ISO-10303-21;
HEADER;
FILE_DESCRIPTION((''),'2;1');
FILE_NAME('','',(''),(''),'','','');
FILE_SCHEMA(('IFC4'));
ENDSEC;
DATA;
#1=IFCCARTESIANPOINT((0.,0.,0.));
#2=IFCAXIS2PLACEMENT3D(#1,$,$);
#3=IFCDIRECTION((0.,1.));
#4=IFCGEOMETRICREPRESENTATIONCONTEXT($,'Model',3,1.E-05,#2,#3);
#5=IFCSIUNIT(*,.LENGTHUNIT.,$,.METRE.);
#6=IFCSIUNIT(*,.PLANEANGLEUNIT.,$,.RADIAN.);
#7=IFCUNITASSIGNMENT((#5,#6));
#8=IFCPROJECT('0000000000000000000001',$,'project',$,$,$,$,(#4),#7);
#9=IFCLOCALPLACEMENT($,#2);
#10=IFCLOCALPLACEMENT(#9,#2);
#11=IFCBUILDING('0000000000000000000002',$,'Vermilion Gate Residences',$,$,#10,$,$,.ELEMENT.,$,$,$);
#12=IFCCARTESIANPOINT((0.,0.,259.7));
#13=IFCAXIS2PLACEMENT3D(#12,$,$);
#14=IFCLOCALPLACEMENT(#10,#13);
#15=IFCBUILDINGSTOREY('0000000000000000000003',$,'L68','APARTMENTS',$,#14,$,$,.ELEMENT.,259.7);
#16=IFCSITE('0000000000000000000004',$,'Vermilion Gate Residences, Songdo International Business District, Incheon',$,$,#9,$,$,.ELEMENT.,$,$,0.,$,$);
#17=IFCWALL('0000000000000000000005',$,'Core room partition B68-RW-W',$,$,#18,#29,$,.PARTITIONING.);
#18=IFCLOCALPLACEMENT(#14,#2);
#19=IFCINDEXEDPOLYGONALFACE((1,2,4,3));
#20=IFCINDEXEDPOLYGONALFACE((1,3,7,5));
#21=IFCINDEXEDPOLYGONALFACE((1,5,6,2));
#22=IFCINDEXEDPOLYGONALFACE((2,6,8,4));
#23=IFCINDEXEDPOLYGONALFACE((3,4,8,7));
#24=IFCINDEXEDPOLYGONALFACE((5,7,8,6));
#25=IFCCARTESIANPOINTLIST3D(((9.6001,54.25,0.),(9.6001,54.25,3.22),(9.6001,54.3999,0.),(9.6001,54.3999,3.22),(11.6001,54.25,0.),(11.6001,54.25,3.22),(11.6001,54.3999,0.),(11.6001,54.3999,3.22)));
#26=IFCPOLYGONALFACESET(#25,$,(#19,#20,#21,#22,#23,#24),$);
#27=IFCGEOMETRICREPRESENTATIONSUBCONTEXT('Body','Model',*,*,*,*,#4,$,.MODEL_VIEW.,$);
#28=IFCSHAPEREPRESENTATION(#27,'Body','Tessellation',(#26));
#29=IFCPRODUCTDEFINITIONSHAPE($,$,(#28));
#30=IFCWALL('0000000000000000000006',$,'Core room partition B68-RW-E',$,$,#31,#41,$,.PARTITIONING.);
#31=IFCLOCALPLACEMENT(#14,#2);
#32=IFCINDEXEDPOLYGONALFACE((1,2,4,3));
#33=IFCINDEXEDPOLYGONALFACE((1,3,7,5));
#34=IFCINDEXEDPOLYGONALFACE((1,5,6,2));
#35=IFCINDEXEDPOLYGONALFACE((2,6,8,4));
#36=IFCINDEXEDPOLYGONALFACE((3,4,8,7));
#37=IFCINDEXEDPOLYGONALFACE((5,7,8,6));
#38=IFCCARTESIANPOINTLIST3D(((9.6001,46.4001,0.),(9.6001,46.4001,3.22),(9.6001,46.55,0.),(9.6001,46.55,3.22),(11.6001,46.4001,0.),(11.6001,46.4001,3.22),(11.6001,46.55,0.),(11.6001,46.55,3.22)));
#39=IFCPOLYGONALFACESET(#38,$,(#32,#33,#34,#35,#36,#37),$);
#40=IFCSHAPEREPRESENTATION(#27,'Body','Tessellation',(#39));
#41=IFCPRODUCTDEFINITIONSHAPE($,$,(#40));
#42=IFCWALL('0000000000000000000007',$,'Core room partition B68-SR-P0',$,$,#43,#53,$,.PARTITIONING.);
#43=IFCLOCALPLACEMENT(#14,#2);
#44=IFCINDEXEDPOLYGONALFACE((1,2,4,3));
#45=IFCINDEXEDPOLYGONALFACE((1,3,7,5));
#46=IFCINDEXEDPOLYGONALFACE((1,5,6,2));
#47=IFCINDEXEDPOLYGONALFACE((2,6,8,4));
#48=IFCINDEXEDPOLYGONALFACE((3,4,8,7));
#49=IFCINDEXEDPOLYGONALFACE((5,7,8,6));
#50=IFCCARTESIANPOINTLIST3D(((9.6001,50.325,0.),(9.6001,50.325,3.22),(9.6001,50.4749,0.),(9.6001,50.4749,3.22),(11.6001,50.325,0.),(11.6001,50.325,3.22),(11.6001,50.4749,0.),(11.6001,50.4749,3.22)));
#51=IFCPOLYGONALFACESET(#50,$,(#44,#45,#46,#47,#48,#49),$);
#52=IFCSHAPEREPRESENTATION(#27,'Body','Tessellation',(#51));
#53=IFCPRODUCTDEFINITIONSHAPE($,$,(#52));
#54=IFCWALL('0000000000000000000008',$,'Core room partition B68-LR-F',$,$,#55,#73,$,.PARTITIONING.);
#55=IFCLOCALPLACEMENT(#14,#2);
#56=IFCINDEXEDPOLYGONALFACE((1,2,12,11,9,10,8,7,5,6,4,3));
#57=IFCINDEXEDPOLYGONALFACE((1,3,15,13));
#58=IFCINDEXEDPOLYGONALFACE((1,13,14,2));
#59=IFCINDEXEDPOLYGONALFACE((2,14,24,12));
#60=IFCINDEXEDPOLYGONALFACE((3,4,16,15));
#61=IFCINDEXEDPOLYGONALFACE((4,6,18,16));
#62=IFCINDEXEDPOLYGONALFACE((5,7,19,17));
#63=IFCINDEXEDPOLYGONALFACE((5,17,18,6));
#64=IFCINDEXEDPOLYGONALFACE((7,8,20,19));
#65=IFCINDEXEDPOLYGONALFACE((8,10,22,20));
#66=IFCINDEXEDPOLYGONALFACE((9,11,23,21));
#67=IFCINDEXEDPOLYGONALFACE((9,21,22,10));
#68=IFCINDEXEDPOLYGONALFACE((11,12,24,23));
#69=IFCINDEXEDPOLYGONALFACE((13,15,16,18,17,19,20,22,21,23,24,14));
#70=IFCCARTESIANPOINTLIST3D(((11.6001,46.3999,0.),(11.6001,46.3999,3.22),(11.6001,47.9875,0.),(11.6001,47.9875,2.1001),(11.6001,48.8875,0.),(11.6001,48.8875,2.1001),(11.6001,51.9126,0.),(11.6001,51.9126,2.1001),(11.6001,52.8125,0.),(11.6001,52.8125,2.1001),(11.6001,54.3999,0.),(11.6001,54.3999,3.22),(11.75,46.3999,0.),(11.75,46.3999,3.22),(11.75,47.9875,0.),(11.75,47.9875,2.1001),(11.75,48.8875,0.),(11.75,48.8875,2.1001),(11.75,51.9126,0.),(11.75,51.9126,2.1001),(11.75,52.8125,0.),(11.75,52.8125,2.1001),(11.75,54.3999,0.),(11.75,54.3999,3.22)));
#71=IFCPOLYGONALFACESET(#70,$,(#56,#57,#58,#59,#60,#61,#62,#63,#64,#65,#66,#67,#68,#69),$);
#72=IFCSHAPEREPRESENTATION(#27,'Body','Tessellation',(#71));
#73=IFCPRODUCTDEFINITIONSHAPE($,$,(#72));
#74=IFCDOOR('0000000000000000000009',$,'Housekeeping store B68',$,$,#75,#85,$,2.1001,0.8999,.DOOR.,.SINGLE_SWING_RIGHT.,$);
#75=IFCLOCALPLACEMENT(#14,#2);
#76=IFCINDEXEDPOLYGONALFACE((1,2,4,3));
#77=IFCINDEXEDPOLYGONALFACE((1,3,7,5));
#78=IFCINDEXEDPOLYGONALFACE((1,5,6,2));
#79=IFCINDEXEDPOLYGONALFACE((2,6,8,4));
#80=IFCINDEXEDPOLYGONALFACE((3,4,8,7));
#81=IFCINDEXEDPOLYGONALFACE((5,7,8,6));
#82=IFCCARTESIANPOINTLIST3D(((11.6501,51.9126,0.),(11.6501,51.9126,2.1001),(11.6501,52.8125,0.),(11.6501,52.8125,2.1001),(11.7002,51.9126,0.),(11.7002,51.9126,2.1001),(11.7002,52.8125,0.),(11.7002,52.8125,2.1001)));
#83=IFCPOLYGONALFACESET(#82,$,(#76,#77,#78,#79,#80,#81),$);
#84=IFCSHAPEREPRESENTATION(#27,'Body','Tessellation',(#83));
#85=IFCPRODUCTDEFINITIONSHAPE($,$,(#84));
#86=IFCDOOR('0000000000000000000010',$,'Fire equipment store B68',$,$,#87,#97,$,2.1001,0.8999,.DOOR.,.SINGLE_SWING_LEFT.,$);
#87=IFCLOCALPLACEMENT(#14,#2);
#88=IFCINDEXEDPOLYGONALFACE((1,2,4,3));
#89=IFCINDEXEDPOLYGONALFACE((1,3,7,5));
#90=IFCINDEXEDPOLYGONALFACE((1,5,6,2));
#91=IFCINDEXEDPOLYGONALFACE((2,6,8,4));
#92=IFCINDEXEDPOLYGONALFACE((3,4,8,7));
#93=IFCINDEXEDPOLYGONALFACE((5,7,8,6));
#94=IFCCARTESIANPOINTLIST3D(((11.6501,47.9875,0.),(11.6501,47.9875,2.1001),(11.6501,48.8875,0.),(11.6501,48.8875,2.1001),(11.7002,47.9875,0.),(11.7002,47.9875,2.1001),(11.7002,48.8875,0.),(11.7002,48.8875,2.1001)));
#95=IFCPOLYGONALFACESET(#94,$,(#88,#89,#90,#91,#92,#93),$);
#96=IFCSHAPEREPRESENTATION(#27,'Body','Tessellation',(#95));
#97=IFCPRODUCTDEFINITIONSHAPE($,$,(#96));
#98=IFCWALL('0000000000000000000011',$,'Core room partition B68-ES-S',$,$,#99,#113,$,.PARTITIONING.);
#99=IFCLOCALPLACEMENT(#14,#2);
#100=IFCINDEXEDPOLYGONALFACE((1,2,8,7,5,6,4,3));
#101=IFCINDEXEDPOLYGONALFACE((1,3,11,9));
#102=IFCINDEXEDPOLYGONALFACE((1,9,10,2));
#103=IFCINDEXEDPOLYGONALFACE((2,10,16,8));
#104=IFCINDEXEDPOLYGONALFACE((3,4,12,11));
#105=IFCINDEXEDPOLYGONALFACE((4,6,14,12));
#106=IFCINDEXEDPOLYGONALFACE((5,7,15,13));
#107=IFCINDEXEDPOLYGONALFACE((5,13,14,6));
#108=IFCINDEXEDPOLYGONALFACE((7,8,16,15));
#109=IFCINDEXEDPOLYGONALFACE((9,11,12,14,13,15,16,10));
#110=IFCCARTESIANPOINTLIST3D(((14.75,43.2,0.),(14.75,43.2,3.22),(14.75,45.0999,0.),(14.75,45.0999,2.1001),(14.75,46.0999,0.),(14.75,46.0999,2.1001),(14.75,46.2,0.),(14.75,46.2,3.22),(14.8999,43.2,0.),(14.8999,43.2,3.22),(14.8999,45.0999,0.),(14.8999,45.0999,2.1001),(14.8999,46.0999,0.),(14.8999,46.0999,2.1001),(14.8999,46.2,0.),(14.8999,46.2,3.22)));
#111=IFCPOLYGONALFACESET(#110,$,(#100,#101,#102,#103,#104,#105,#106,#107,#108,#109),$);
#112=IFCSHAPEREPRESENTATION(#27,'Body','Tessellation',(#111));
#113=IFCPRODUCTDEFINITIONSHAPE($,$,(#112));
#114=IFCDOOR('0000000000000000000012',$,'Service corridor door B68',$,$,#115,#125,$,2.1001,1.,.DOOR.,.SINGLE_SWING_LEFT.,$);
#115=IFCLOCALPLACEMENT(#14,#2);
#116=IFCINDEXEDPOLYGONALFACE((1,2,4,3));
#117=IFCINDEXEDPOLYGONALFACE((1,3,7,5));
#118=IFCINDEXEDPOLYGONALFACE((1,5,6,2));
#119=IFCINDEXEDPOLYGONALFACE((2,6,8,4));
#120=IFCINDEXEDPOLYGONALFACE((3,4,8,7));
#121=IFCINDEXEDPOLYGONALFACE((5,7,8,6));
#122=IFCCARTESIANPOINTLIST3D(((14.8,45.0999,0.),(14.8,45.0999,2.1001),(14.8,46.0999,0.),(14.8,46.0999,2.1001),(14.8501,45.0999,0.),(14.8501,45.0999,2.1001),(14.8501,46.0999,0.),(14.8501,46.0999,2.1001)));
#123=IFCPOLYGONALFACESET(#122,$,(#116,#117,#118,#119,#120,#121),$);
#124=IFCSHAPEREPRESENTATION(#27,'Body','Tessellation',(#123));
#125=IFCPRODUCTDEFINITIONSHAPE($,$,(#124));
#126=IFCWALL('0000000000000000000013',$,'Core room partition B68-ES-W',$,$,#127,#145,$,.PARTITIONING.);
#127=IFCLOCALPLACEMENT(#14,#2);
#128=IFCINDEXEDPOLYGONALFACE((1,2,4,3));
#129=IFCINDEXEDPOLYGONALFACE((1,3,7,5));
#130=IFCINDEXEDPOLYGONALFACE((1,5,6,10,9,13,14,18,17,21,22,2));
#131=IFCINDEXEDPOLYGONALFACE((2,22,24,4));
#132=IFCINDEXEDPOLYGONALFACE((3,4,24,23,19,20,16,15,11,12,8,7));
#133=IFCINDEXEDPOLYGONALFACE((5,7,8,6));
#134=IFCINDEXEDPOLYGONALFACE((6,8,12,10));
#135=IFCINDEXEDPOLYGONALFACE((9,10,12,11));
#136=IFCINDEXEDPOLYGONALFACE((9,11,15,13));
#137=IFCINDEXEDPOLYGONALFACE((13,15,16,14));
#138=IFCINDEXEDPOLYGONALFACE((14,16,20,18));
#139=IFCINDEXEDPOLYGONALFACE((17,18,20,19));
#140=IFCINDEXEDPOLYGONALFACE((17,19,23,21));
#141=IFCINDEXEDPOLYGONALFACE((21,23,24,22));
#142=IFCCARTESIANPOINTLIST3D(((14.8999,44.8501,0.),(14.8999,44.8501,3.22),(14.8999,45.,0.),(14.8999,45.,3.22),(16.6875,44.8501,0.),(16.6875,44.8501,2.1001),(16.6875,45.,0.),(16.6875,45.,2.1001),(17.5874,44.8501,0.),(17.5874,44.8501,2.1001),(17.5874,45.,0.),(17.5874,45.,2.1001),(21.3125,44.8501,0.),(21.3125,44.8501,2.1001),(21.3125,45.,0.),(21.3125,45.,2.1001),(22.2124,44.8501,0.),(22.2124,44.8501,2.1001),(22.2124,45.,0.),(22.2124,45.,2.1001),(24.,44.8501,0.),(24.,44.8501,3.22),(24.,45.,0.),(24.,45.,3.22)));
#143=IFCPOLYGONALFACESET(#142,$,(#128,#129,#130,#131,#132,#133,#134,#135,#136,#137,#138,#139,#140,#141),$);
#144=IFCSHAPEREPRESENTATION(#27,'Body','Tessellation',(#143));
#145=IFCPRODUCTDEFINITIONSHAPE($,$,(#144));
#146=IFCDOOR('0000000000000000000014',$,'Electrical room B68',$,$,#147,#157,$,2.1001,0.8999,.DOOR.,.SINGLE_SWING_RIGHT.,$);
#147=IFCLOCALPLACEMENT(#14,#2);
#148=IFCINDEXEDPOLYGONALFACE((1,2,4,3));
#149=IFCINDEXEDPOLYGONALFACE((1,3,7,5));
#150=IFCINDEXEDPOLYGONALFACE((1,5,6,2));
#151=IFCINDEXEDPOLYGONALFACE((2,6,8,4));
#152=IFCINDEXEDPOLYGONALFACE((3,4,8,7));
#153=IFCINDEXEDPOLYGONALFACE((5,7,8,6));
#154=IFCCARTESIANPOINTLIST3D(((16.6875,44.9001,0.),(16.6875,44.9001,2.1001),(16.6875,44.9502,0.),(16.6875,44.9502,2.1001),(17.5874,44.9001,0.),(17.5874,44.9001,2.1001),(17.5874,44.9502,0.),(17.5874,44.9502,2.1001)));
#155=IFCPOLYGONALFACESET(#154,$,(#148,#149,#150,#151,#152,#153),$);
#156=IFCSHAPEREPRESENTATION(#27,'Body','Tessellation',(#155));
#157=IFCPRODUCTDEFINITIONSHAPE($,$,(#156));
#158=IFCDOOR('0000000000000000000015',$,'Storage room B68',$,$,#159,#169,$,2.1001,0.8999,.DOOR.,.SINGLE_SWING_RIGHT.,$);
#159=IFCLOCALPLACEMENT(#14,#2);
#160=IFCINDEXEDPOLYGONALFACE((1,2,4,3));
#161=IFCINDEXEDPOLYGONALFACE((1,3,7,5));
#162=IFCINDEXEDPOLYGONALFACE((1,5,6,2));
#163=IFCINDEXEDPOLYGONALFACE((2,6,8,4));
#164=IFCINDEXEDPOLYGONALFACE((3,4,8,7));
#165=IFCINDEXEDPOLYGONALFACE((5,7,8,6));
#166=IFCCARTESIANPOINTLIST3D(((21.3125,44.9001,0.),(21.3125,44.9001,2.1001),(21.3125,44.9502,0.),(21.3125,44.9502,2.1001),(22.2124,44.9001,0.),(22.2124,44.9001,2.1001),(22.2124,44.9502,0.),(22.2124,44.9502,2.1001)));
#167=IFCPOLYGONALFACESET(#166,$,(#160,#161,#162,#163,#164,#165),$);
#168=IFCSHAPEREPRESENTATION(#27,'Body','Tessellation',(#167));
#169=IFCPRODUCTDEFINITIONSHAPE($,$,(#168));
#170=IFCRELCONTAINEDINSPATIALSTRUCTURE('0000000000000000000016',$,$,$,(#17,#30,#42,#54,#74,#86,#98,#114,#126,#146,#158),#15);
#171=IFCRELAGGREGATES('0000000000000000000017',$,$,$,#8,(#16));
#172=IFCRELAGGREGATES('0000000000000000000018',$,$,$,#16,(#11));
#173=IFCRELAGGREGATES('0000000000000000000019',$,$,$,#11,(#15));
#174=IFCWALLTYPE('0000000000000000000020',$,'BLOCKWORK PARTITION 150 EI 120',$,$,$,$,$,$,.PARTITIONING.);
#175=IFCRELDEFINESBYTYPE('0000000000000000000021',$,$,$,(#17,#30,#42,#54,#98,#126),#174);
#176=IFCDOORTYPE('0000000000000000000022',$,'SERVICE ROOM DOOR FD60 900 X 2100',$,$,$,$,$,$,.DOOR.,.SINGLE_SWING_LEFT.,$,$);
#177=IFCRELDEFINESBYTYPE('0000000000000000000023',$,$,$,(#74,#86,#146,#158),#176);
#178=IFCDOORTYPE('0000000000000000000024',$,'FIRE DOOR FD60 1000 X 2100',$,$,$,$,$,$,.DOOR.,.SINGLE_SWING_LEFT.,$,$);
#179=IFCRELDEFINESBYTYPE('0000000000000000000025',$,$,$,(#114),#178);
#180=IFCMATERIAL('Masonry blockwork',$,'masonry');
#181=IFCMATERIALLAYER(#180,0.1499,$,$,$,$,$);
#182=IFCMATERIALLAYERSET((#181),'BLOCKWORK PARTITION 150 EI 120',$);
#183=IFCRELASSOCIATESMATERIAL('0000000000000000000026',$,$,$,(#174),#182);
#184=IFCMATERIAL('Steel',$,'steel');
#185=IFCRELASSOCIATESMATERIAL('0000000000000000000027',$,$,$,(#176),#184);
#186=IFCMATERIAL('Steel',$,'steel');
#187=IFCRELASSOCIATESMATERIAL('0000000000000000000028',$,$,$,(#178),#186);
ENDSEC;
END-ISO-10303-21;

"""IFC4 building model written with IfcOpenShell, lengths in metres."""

from ifc_helpers import new_model, si_unit, direction, frame, frame_2d, origin, place, context, subcontext, project, spatial, rectangle, extrude, material, layer, layer_set, type_object, element, fill, save


model = new_model("IFC4")

# Units and contexts
model_context = context("Model", 3, precision=1e-05, world=origin(), true_north=direction((0.0, 1.0)))
body_context = subcontext(model_context, "Body", "Model", "MODEL_VIEW")
ifc_project = project(units=[si_unit("LENGTHUNIT", "METRE"), si_unit("PLANEANGLEUNIT", "RADIAN")], contexts=[model_context])

# Site, building, storey
site_placement = place(None, origin())
site = spatial("IfcSite", under=ifc_project, at=site_placement, Name="Vermilion Gate Residences, Songdo International Business District, Incheon", CompositionType="ELEMENT", RefElevation=0.0)
building_placement = place(site_placement, origin())
building = spatial("IfcBuilding", under=site, at=building_placement, Name="Vermilion Gate Residences", CompositionType="ELEMENT")
storey_placement = place(building_placement, frame((0.0, 0.0, 259.7)))
storey = spatial("IfcBuildingStorey", under=building, at=storey_placement, Name="L68", Description="APARTMENTS", CompositionType="ELEMENT", Elevation=259.7)

# Walls
ifc_material_1 = material(Name="Masonry blockwork", Category="masonry")
ifc_layer_1 = layer(ifc_material_1, 0.1499)
ifc_layer_set_1 = layer_set([ifc_layer_1], Name="BLOCKWORK PARTITION 150 EI 120")
wall_type_1 = type_object("IfcWallType", Name="BLOCKWORK PARTITION 150 EI 120", PredefinedType="PARTITIONING", material=ifc_layer_set_1)
for number, where, z_axis, x_axis, name in (
    (1, (9.6001, 54.325, 0.0), (0.0, 0.0, 1.0), (1.0, 0.0, 0.0), "Core room partition B68-RW-W"),
    (2, (9.6001, 46.4751, 0.0), (0.0, 0.0, 1.0), (1.0, 0.0, 0.0), "Core room partition B68-RW-E"),
    (3, (9.6001, 50.3999, 0.0), (0.0, 0.0, 1.0), (1.0, 0.0, 0.0), "Core room partition B68-SR-P0"),
):
    element("IfcWall", number, at=place(storey_placement, frame(where, z_axis=z_axis, x_axis=x_axis)), inside=storey, type_object=wall_type_1, Name=name, PredefinedType="PARTITIONING", context=body_context, shape_type="SweptSolid", body=[
        extrude(rectangle(XDim=2.0, YDim=0.1499, at=frame_2d((1.0, 0.0))), origin(), (0.0, 0.0, 1.0), 3.22),
    ])

# Wall, openings, doors
wall_1_placement = place(storey_placement, frame((11.675, 54.3999, 0.0), z_axis=(0.0, 0.0, 1.0), x_axis=(0.0, -1.0, 0.0)))
wall_1 = element("IfcWall", 4, at=wall_1_placement, inside=storey, type_object=wall_type_1, Name="Core room partition B68-LR-F", PredefinedType="PARTITIONING", context=body_context, shape_type="SweptSolid", body=[
    extrude(rectangle(XDim=8.0, YDim=0.1499, at=frame_2d((4.0, 0.0))), origin(), (0.0, 0.0, 1.0), 3.22),
])
opening_1_placement = place(wall_1_placement, frame((1.5874, 0.0, 0.0)))
opening_1 = element("IfcOpeningElement", 5, at=opening_1_placement, cuts=wall_1, PredefinedType="OPENING", context=body_context, shape_type="SweptSolid", body=[
    extrude(rectangle(XDim=0.8999, YDim=2.1001, at=frame_2d((0.45, 1.05))), frame((0.0, 0.085, 0.0), z_axis=(0.0, -1.0, 0.0), x_axis=(1.0, 0.0, 0.0)), (0.0, 0.0, 1.0), 0.1699),
])
opening_2_placement = place(wall_1_placement, frame((5.5125, 0.0, 0.0)))
opening_2 = element("IfcOpeningElement", 6, at=opening_2_placement, cuts=wall_1, PredefinedType="OPENING", context=body_context, shape_type="SweptSolid", body=[
    extrude(rectangle(XDim=0.8999, YDim=2.1001, at=frame_2d((0.45, 1.05))), frame((0.0, 0.085, 0.0), z_axis=(0.0, -1.0, 0.0), x_axis=(1.0, 0.0, 0.0)), (0.0, 0.0, 1.0), 0.1699),
])
ifc_material_2 = material(Name="Steel", Category="steel")
door_type_1 = type_object("IfcDoorType", Name="SERVICE ROOM DOOR FD60 900 X 2100", OperationType="SINGLE_SWING_LEFT", PredefinedType="DOOR", material=ifc_material_2)
door_1_placement = place(opening_1_placement, frame((0.8999, 0.0, 0.0), z_axis=(0.0, 0.0, 1.0), x_axis=(-1.0, 0.0, 0.0)))
door_1 = element("IfcDoor", 7, at=door_1_placement, inside=storey, type_object=door_type_1, Name="Housekeeping store B68", OperationType="SINGLE_SWING_RIGHT", OverallHeight=2.1001, OverallWidth=0.8999, PredefinedType="DOOR", context=body_context, shape_type="SweptSolid", body=[
    extrude(rectangle(XDim=0.8999, YDim=2.1001, at=frame_2d((0.45, 1.05))), frame((0.0, 0.0249, 0.0), z_axis=(0.0, -1.0, 0.0), x_axis=(1.0, 0.0, 0.0)), (0.0, 0.0, 1.0), 0.05),
])
fill(opening_1, door_1)
door_2_placement = place(opening_2_placement, frame((0.8999, 0.0, 0.0), z_axis=(0.0, 0.0, 1.0), x_axis=(-1.0, 0.0, 0.0)))
door_2 = element("IfcDoor", 8, at=door_2_placement, inside=storey, type_object=door_type_1, Name="Fire equipment store B68", OperationType="SINGLE_SWING_LEFT", OverallHeight=2.1001, OverallWidth=0.8999, PredefinedType="DOOR", context=body_context, shape_type="SweptSolid", body=[
    extrude(rectangle(XDim=0.8999, YDim=2.1001, at=frame_2d((0.45, 1.05))), frame((0.0, 0.0249, 0.0), z_axis=(0.0, -1.0, 0.0), x_axis=(1.0, 0.0, 0.0)), (0.0, 0.0, 1.0), 0.05),
])
fill(opening_2, door_2)

# Wall, opening, door
wall_2_placement = place(storey_placement, frame((14.825, 46.2, 0.0), z_axis=(0.0, 0.0, 1.0), x_axis=(0.0, -1.0, 0.0)))
wall_2 = element("IfcWall", 9, at=wall_2_placement, inside=storey, type_object=wall_type_1, Name="Core room partition B68-ES-S", PredefinedType="PARTITIONING", context=body_context, shape_type="SweptSolid", body=[
    extrude(rectangle(XDim=3.0, YDim=0.1499, at=frame_2d((1.5, 0.0))), origin(), (0.0, 0.0, 1.0), 3.22),
])
opening_3_placement = place(wall_2_placement, frame((0.1001, 0.0, 0.0)))
opening_3 = element("IfcOpeningElement", 10, at=opening_3_placement, cuts=wall_2, PredefinedType="OPENING", context=body_context, shape_type="SweptSolid", body=[
    extrude(rectangle(XDim=1.0, YDim=2.1001, at=frame_2d((0.5, 1.05))), frame((0.0, 0.085, 0.0), z_axis=(0.0, -1.0, 0.0), x_axis=(1.0, 0.0, 0.0)), (0.0, 0.0, 1.0), 0.1699),
])
ifc_material_3 = material(Name="Steel", Category="steel")
door_type_2 = type_object("IfcDoorType", Name="FIRE DOOR FD60 1000 X 2100", OperationType="SINGLE_SWING_LEFT", PredefinedType="DOOR", material=ifc_material_3)
door_3_placement = place(opening_3_placement, frame((1.0, 0.0, 0.0), z_axis=(0.0, 0.0, 1.0), x_axis=(-1.0, 0.0, 0.0)))
door_3 = element("IfcDoor", 11, at=door_3_placement, inside=storey, type_object=door_type_2, Name="Service corridor door B68", OperationType="SINGLE_SWING_LEFT", OverallHeight=2.1001, OverallWidth=1.0, PredefinedType="DOOR", context=body_context, shape_type="SweptSolid", body=[
    extrude(rectangle(XDim=1.0, YDim=2.1001, at=frame_2d((0.5, 1.05))), frame((0.0, 0.0249, 0.0), z_axis=(0.0, -1.0, 0.0), x_axis=(1.0, 0.0, 0.0)), (0.0, 0.0, 1.0), 0.05),
])
fill(opening_3, door_3)

# Wall, openings, doors
wall_3_placement = place(storey_placement, frame((14.8999, 44.925, 0.0), z_axis=(0.0, 0.0, 1.0), x_axis=(1.0, 0.0, 0.0)))
wall_3 = element("IfcWall", 12, at=wall_3_placement, inside=storey, type_object=wall_type_1, Name="Core room partition B68-ES-W", PredefinedType="PARTITIONING", context=body_context, shape_type="SweptSolid", body=[
    extrude(rectangle(XDim=9.1001, YDim=0.1499, at=frame_2d((4.55, 0.0))), origin(), (0.0, 0.0, 1.0), 3.22),
])
opening_4_placement = place(wall_3_placement, frame((1.7876, 0.0, 0.0)))
opening_4 = element("IfcOpeningElement", 13, at=opening_4_placement, cuts=wall_3, PredefinedType="OPENING", context=body_context, shape_type="SweptSolid", body=[
    extrude(rectangle(XDim=0.8999, YDim=2.1001, at=frame_2d((0.45, 1.05))), frame((0.0, 0.085, 0.0), z_axis=(0.0, -1.0, 0.0), x_axis=(1.0, 0.0, 0.0)), (0.0, 0.0, 1.0), 0.1699),
])
opening_5_placement = place(wall_3_placement, frame((6.4126, 0.0, 0.0)))
opening_5 = element("IfcOpeningElement", 14, at=opening_5_placement, cuts=wall_3, PredefinedType="OPENING", context=body_context, shape_type="SweptSolid", body=[
    extrude(rectangle(XDim=0.8999, YDim=2.1001, at=frame_2d((0.45, 1.05))), frame((0.0, 0.085, 0.0), z_axis=(0.0, -1.0, 0.0), x_axis=(1.0, 0.0, 0.0)), (0.0, 0.0, 1.0), 0.1699),
])
door_4_placement = place(opening_4_placement, frame((0.8999, 0.0, 0.0), z_axis=(0.0, 0.0, 1.0), x_axis=(-1.0, 0.0, 0.0)))
door_4 = element("IfcDoor", 15, at=door_4_placement, inside=storey, type_object=door_type_1, Name="Electrical room B68", OperationType="SINGLE_SWING_RIGHT", OverallHeight=2.1001, OverallWidth=0.8999, PredefinedType="DOOR", context=body_context, shape_type="SweptSolid", body=[
    extrude(rectangle(XDim=0.8999, YDim=2.1001, at=frame_2d((0.45, 1.05))), frame((0.0, 0.0249, 0.0), z_axis=(0.0, -1.0, 0.0), x_axis=(1.0, 0.0, 0.0)), (0.0, 0.0, 1.0), 0.05),
])
fill(opening_4, door_4)
door_5_placement = place(opening_5_placement, frame((0.8999, 0.0, 0.0), z_axis=(0.0, 0.0, 1.0), x_axis=(-1.0, 0.0, 0.0)))
door_5 = element("IfcDoor", 16, at=door_5_placement, inside=storey, type_object=door_type_1, Name="Storage room B68", OperationType="SINGLE_SWING_RIGHT", OverallHeight=2.1001, OverallWidth=0.8999, PredefinedType="DOOR", context=body_context, shape_type="SweptSolid", body=[
    extrude(rectangle(XDim=0.8999, YDim=2.1001, at=frame_2d((0.45, 1.05))), frame((0.0, 0.0249, 0.0), z_axis=(0.0, -1.0, 0.0), x_axis=(1.0, 0.0, 0.0)), (0.0, 0.0, 1.0), 0.05),
])
fill(opening_5, door_5)

save(model, "model.ifc")
